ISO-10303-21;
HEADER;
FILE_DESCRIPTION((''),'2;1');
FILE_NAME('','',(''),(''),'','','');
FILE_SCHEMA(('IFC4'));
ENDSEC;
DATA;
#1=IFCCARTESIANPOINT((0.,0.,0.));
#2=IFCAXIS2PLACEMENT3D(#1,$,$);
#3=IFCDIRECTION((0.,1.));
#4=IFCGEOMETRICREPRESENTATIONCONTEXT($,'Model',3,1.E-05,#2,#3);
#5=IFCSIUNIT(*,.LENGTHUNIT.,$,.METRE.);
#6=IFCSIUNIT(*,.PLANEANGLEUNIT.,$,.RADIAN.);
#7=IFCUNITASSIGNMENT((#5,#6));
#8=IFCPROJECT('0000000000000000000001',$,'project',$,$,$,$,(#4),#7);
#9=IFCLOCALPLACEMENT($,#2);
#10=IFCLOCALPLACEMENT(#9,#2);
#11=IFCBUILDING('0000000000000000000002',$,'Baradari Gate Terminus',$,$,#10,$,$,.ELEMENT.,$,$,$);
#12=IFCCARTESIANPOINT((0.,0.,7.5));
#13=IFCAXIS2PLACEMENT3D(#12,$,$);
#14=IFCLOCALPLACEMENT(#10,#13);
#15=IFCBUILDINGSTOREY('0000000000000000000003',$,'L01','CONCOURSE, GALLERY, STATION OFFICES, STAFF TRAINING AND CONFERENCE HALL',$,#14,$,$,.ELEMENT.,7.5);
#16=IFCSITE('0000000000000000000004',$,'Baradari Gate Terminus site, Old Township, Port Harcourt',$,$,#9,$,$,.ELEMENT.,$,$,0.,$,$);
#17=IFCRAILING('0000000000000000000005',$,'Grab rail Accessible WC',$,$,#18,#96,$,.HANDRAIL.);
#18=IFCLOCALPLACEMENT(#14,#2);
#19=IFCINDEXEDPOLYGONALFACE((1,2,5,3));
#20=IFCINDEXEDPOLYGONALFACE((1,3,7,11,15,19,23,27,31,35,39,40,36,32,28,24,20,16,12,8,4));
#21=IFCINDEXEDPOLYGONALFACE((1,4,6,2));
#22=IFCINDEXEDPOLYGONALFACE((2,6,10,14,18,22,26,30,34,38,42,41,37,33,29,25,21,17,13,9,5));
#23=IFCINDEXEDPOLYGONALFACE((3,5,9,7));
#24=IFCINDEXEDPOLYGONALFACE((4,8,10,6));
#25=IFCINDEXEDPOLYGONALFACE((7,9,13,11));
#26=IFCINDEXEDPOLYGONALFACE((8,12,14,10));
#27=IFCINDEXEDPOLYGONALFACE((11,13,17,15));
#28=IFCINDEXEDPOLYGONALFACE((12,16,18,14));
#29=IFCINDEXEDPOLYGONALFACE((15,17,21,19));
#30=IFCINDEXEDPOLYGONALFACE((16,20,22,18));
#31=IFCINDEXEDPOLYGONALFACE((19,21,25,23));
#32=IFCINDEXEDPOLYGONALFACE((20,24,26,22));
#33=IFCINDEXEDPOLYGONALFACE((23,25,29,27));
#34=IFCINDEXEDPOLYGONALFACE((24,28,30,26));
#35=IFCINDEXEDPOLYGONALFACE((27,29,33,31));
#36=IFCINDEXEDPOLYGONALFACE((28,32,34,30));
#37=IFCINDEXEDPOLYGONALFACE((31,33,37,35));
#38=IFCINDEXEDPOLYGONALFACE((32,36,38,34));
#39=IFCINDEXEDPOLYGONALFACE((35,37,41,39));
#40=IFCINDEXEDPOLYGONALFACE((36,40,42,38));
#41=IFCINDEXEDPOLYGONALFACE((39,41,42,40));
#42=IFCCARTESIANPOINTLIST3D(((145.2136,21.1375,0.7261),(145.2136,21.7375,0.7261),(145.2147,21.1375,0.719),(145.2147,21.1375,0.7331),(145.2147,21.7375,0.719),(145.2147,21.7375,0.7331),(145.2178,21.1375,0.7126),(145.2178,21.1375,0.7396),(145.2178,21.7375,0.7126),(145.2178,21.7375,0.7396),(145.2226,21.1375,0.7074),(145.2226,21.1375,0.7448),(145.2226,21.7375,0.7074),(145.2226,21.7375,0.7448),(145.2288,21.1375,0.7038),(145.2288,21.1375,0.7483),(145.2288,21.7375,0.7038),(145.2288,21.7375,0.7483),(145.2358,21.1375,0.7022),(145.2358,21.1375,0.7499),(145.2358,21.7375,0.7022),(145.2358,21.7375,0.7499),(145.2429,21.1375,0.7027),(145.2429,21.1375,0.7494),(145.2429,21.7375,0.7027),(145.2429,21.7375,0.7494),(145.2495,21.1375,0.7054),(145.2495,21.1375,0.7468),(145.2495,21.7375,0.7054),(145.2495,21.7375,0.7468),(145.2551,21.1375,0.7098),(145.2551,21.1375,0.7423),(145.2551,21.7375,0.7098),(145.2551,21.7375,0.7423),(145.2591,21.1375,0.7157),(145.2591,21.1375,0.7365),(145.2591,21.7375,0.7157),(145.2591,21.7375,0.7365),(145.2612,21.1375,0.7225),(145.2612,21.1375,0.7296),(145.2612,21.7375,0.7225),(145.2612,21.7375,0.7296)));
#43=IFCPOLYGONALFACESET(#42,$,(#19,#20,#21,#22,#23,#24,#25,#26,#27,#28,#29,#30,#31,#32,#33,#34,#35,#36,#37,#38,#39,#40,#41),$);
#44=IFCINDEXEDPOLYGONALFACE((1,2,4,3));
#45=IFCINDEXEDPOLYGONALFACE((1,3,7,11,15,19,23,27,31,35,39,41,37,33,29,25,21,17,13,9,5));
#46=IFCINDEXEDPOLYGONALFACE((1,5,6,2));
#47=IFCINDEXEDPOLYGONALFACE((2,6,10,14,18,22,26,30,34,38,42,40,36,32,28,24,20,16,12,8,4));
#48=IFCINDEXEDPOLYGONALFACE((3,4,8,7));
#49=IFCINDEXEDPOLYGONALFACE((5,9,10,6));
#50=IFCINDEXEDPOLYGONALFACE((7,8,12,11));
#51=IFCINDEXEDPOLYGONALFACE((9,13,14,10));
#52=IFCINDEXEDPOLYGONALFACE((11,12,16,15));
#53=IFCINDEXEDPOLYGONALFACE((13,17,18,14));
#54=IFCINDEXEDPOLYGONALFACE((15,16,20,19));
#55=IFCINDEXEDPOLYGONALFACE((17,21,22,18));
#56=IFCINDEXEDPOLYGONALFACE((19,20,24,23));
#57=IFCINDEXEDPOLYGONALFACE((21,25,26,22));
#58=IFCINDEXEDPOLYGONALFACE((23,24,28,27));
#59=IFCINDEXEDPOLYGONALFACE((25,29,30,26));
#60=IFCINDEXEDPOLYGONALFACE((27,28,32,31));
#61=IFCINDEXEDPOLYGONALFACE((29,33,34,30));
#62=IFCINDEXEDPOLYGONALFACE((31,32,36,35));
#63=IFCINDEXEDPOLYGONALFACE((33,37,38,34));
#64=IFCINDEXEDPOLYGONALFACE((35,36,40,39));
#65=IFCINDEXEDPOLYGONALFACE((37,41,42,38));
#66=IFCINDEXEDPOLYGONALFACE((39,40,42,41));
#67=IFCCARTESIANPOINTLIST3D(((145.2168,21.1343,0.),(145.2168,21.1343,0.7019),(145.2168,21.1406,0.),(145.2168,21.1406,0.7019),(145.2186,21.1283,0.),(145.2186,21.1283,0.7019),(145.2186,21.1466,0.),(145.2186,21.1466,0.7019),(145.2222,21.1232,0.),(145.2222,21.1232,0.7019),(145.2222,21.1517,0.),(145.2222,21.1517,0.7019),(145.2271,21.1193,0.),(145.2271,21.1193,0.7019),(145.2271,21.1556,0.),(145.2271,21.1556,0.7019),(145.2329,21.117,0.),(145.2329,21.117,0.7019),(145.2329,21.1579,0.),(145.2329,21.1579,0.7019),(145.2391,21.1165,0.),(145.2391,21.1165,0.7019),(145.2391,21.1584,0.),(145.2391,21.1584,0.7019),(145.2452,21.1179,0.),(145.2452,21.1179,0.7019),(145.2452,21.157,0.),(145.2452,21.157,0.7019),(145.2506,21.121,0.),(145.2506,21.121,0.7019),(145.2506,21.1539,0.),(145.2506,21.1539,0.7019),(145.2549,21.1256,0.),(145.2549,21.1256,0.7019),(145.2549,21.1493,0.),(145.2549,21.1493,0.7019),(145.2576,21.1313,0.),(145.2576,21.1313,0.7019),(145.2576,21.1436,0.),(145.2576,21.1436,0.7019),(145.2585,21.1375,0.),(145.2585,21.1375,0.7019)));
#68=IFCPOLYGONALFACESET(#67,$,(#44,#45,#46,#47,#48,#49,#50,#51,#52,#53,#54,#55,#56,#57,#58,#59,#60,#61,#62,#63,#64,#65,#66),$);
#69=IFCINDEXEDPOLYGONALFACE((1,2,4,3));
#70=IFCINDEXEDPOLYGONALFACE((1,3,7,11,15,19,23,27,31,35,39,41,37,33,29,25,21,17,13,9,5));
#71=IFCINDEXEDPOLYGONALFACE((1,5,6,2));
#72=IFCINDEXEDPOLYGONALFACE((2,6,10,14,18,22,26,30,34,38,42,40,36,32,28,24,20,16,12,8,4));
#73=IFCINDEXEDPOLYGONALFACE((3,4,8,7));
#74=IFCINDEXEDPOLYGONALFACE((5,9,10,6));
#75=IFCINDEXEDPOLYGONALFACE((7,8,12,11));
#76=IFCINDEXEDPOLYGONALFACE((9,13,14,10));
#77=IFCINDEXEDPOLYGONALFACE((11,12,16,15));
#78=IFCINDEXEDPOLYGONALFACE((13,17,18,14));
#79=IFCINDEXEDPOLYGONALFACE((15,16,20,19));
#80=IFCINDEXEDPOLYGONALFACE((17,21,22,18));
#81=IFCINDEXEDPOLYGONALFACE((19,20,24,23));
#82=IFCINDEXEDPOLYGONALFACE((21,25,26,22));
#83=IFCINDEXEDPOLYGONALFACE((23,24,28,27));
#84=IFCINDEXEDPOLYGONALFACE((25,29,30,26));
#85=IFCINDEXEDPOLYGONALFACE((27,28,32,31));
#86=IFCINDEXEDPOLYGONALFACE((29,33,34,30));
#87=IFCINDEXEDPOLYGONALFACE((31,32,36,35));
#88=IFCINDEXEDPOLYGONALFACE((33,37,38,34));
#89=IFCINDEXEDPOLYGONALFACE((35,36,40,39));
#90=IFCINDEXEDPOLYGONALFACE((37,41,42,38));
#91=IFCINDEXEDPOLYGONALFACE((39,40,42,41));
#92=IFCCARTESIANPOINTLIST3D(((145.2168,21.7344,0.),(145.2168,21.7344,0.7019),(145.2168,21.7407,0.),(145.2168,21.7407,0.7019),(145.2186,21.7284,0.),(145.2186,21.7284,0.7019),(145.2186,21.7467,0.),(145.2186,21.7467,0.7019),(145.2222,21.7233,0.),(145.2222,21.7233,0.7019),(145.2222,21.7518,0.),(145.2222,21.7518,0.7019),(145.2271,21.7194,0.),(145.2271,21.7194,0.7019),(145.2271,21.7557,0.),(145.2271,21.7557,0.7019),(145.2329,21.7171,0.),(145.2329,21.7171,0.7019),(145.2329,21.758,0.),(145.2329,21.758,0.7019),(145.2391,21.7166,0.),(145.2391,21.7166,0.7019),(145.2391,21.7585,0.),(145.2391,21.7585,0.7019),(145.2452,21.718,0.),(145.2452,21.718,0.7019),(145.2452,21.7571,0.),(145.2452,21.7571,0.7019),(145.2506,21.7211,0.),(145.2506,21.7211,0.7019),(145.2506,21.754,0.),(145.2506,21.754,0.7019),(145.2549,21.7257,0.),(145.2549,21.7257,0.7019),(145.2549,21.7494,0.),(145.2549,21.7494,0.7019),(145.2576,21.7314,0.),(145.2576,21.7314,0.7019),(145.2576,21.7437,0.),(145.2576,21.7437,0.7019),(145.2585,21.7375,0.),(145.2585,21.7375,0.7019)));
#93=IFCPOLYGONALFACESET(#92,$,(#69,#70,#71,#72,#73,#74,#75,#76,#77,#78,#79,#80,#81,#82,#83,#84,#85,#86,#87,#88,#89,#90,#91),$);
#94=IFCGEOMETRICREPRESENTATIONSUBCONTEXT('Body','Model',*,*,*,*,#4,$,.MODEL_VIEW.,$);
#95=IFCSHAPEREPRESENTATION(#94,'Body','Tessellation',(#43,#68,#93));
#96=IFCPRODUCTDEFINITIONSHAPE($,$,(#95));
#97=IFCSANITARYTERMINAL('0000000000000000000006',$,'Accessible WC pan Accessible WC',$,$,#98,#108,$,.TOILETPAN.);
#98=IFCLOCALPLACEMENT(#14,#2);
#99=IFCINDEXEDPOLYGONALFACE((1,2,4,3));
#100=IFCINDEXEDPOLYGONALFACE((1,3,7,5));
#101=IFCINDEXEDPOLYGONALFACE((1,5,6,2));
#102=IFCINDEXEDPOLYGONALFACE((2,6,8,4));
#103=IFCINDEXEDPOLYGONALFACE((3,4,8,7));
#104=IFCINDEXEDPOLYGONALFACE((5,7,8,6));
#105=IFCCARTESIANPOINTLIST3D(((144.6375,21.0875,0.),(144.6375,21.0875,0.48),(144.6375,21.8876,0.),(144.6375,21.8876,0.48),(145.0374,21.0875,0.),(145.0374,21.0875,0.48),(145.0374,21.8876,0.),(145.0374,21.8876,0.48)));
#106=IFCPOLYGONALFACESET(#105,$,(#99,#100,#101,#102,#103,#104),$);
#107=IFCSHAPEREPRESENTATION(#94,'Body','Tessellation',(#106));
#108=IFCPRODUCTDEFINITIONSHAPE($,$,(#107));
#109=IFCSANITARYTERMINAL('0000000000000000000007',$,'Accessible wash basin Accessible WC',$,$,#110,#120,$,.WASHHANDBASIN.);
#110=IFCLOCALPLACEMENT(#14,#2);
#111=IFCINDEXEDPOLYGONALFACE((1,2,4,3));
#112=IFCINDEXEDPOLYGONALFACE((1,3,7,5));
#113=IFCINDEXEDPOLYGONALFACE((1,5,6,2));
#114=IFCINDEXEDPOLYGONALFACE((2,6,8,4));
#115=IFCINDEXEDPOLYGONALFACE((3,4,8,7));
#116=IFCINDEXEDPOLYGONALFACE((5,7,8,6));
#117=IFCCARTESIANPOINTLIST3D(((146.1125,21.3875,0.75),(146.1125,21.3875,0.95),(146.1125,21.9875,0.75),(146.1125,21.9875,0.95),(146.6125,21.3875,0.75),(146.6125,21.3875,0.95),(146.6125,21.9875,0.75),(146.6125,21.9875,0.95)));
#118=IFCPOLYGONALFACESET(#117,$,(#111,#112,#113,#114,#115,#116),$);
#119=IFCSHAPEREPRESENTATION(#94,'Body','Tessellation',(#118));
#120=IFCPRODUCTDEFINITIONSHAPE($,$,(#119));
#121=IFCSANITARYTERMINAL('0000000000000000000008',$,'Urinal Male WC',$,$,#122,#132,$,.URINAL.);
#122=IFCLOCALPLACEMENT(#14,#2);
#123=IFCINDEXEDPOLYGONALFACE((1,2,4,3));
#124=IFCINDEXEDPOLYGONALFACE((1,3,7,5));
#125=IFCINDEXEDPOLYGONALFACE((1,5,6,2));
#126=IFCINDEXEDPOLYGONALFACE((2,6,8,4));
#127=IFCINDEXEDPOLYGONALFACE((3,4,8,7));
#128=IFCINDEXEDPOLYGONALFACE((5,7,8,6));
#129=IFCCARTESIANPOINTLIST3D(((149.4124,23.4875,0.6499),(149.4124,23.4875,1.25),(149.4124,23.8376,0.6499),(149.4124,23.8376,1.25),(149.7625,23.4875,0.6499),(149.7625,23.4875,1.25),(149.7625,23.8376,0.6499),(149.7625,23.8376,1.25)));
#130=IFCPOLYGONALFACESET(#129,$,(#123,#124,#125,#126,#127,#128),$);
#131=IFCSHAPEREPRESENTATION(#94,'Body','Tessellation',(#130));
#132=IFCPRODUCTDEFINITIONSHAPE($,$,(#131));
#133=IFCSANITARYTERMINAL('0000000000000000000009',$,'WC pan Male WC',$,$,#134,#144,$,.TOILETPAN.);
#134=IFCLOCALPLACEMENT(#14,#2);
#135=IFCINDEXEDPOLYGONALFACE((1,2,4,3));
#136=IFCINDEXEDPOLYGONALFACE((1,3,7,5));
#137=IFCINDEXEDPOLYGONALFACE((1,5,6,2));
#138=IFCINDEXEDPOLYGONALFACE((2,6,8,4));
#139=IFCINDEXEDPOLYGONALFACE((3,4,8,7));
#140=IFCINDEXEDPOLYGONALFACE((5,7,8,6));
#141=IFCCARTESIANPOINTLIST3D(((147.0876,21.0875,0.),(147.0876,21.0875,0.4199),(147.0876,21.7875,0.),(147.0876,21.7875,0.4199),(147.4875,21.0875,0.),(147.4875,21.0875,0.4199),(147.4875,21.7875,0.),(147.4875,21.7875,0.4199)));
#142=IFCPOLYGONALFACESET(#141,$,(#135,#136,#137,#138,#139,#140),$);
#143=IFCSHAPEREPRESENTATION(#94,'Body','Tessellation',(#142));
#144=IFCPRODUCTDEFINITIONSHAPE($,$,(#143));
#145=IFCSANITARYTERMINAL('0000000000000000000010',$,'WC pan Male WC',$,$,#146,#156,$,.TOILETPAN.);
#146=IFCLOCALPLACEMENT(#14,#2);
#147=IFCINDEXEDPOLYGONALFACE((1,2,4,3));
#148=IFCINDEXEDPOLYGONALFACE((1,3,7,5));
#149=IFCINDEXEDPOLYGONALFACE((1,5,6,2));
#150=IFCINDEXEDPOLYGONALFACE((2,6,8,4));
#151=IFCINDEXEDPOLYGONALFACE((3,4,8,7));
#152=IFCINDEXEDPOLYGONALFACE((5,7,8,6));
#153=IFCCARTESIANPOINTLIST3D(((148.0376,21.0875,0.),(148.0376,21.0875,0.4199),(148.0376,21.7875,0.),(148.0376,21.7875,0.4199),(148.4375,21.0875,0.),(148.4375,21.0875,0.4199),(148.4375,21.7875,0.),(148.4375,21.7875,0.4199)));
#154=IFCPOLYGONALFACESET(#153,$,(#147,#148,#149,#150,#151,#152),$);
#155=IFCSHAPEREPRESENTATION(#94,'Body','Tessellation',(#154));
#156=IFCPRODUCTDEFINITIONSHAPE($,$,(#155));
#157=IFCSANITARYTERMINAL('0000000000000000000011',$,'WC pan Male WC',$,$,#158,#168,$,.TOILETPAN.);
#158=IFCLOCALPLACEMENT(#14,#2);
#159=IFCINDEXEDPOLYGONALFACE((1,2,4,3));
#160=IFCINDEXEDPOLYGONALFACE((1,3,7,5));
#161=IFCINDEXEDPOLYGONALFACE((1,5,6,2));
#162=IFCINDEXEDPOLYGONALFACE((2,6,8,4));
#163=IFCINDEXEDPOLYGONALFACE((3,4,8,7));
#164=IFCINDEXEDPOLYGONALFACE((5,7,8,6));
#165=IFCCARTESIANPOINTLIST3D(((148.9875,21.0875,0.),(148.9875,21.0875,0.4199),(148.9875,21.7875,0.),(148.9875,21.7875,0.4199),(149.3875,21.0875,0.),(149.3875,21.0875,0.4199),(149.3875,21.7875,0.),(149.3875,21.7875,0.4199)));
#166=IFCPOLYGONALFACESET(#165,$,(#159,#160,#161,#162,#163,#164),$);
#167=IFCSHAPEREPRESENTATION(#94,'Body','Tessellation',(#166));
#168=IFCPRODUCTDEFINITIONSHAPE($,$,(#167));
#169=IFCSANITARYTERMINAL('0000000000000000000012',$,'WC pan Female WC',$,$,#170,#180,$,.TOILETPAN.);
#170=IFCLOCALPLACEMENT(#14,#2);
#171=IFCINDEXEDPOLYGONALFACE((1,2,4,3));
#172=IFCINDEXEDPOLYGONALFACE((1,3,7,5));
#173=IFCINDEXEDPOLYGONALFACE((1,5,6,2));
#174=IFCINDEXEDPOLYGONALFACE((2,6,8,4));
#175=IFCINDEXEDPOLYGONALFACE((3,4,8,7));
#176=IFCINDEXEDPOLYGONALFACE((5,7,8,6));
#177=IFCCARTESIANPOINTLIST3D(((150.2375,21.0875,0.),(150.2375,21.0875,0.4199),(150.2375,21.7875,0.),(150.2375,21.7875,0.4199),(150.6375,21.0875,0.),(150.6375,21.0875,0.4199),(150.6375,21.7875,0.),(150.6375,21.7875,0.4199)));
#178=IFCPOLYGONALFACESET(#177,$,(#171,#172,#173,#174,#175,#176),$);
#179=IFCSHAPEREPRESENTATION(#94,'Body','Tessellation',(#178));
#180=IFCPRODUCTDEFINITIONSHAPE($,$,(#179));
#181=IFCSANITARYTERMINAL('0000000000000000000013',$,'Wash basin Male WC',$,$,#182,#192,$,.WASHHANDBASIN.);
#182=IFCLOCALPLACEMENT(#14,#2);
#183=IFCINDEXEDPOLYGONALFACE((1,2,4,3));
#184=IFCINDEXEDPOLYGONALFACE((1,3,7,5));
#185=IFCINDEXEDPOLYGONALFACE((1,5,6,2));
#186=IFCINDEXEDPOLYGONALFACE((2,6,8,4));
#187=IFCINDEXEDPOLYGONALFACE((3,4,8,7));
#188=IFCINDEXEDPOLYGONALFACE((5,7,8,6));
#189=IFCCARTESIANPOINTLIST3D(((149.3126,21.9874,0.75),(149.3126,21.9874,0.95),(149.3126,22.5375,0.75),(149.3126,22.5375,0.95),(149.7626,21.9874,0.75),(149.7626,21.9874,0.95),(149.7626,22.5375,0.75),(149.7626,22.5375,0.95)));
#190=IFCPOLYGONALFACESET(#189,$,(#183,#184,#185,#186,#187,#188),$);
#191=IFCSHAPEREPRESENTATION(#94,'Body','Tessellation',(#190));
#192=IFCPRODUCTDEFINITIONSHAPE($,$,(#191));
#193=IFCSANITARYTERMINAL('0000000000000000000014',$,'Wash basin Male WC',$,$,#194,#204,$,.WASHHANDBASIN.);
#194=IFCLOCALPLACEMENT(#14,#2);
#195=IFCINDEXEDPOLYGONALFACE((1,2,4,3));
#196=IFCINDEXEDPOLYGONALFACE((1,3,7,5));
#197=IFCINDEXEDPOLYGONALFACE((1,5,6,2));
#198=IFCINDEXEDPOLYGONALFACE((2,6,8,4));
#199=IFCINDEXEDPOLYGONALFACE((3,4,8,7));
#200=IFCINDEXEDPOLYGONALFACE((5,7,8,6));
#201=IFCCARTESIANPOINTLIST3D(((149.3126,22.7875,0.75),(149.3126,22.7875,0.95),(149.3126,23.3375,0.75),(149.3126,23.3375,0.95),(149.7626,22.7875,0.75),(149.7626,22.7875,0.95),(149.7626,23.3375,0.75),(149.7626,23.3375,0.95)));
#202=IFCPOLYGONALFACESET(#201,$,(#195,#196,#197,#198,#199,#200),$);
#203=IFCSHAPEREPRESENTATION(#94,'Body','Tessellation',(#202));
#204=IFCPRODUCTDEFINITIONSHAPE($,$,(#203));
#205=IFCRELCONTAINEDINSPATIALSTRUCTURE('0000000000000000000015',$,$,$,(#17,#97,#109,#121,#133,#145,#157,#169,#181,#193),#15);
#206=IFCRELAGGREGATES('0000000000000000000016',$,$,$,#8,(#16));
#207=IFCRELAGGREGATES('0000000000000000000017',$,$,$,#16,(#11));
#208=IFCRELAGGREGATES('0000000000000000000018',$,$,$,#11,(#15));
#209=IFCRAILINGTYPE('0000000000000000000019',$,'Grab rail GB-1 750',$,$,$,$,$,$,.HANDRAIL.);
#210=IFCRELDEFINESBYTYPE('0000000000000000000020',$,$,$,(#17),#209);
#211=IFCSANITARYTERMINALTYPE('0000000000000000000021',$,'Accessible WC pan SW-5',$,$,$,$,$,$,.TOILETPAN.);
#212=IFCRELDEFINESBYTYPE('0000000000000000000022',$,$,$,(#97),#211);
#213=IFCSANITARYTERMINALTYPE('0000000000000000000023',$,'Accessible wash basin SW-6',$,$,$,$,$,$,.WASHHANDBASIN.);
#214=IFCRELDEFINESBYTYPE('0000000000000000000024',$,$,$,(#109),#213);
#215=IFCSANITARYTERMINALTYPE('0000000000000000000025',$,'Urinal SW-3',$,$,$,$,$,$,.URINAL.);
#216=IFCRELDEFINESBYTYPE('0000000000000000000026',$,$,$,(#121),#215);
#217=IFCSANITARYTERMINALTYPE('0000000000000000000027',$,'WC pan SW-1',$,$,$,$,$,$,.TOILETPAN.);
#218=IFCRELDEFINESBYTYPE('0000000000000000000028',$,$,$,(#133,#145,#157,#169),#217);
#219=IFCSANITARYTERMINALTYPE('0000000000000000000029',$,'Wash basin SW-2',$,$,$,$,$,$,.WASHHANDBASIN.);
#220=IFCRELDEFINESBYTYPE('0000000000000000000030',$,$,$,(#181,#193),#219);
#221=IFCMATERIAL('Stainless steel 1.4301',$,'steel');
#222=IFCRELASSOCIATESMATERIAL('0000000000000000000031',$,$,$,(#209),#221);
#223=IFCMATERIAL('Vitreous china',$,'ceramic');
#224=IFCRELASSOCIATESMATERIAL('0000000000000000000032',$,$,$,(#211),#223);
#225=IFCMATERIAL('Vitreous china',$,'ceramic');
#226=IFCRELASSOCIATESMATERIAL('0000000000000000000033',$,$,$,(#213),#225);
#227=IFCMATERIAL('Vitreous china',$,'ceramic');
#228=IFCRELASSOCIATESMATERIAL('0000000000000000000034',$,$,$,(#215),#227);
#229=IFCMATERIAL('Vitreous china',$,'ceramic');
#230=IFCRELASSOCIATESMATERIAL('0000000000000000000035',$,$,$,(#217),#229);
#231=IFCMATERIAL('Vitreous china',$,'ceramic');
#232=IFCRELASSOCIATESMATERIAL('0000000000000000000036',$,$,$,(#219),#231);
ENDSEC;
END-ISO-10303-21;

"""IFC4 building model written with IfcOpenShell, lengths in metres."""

from ifc_helpers import new_model, si_unit, direction, frame, origin, origin_2d, place, context, subcontext, project, spatial, rectangle, circle, extrude, material, type_object, element, save


model = new_model("IFC4")

# Units and contexts
model_context = context("Model", 3, precision=1e-05, world=origin(), true_north=direction((0.0, 1.0)))
body_context = subcontext(model_context, "Body", "Model", "MODEL_VIEW")
ifc_project = project(units=[si_unit("LENGTHUNIT", "METRE"), si_unit("PLANEANGLEUNIT", "RADIAN")], contexts=[model_context])

# Site, building, storey
site_placement = place(None, origin())
site = spatial("IfcSite", under=ifc_project, at=site_placement, Name="Baradari Gate Terminus site, Old Township, Port Harcourt", CompositionType="ELEMENT", RefElevation=0.0)
building_placement = place(site_placement, origin())
building = spatial("IfcBuilding", under=site, at=building_placement, Name="Baradari Gate Terminus", CompositionType="ELEMENT")
storey_placement = place(building_placement, frame((0.0, 0.0, 7.5)))
storey = spatial("IfcBuildingStorey", under=building, at=storey_placement, Name="L01", Description="CONCOURSE, GALLERY, STATION OFFICES, STAFF TRAINING AND CONFERENCE HALL", CompositionType="ELEMENT", Elevation=7.5)

# Railing
ifc_material_1 = material(Name="Stainless steel 1.4301", Category="steel")
railing_type = type_object("IfcRailingType", Name="Grab rail GB-1 750", PredefinedType="HANDRAIL", material=ifc_material_1)
for number, where, name in (
    (1, (145.2375, 21.1375, 0.0), "Grab rail Accessible WC"),
):
    element("IfcRailing", number, at=place(storey_placement, frame(where)), inside=storey, type_object=railing_type, Name=name, PredefinedType="HANDRAIL", context=body_context, shape_type="SweptSolid", body=[
        extrude(circle(Radius=0.0239, at=origin_2d()), frame((0.0, 0.0, 0.7261), z_axis=(0.0, 1.0, 0.0), x_axis=(-1.0, 0.0, 0.0)), (0.0, 0.0, 1.0), 0.6001),
        extrude(circle(Radius=0.021, at=origin_2d()), origin(), (0.0, 0.0, 1.0), 0.7019),
        extrude(circle(Radius=0.021, at=origin_2d()), frame((0.0, 0.6001, 0.0)), (0.0, 0.0, 1.0), 0.7019),
    ])

# Sanitary terminals
ifc_material_2 = material(Name="Vitreous china", Category="ceramic")
sanitary_terminal_type_1 = type_object("IfcSanitaryTerminalType", Name="Accessible WC pan SW-5", PredefinedType="TOILETPAN", material=ifc_material_2)
sanitary_terminal_1_placement = place(storey_placement, frame((144.8374, 21.4875, 0.0), z_axis=(0.0, 0.0, 1.0), x_axis=(1.0, 0.0, 0.0)))
element("IfcSanitaryTerminal", 2, at=sanitary_terminal_1_placement, inside=storey, type_object=sanitary_terminal_type_1, Name="Accessible WC pan Accessible WC", PredefinedType="TOILETPAN", context=body_context, shape_type="SweptSolid", body=[
    extrude(rectangle(XDim=0.3999, YDim=0.8, at=origin_2d()), origin(), (0.0, 0.0, 1.0), 0.48),
])
ifc_material_3 = material(Name="Vitreous china", Category="ceramic")
sanitary_terminal_type_2 = type_object("IfcSanitaryTerminalType", Name="Accessible wash basin SW-6", PredefinedType="WASHHANDBASIN", material=ifc_material_3)
sanitary_terminal_2_placement = place(storey_placement, frame((146.3625, 21.6875, 0.75), z_axis=(0.0, 0.0, 1.0), x_axis=(1.0, 0.0, 0.0)))
element("IfcSanitaryTerminal", 3, at=sanitary_terminal_2_placement, inside=storey, type_object=sanitary_terminal_type_2, Name="Accessible wash basin Accessible WC", PredefinedType="WASHHANDBASIN", context=body_context, shape_type="SweptSolid", body=[
    extrude(rectangle(XDim=0.5, YDim=0.6001, at=origin_2d()), origin(), (0.0, 0.0, 1.0), 0.2),
])
ifc_material_4 = material(Name="Vitreous china", Category="ceramic")
sanitary_terminal_type_3 = type_object("IfcSanitaryTerminalType", Name="Urinal SW-3", PredefinedType="URINAL", material=ifc_material_4)
sanitary_terminal_3_placement = place(storey_placement, frame((149.5874, 23.6626, 0.6499), z_axis=(0.0, 0.0, 1.0), x_axis=(1.0, 0.0, 0.0)))
element("IfcSanitaryTerminal", 4, at=sanitary_terminal_3_placement, inside=storey, type_object=sanitary_terminal_type_3, Name="Urinal Male WC", PredefinedType="URINAL", context=body_context, shape_type="SweptSolid", body=[
    extrude(rectangle(XDim=0.3501, YDim=0.3501, at=origin_2d()), origin(), (0.0, 0.0, 1.0), 0.6001),
])
ifc_material_5 = material(Name="Vitreous china", Category="ceramic")
sanitary_terminal_type_4 = type_object("IfcSanitaryTerminalType", Name="WC pan SW-1", PredefinedType="TOILETPAN", material=ifc_material_5)
for number, where, z_axis, x_axis, name in (
    (5, (147.2876, 21.4375, 0.0), (0.0, 0.0, 1.0), (1.0, 0.0, 0.0), "WC pan Male WC"),
    (6, (148.2375, 21.4375, 0.0), (0.0, 0.0, 1.0), (1.0, 0.0, 0.0), "WC pan Male WC"),
    (7, (149.1875, 21.4375, 0.0), (0.0, 0.0, 1.0), (1.0, 0.0, 0.0), "WC pan Male WC"),
    (8, (150.4375, 21.4375, 0.0), (0.0, 0.0, 1.0), (1.0, 0.0, 0.0), "WC pan Female WC"),
):
    element("IfcSanitaryTerminal", number, at=place(storey_placement, frame(where, z_axis=z_axis, x_axis=x_axis)), inside=storey, type_object=sanitary_terminal_type_4, Name=name, PredefinedType="TOILETPAN", context=body_context, shape_type="SweptSolid", body=[
        extrude(rectangle(XDim=0.3999, YDim=0.7, at=origin_2d()), origin(), (0.0, 0.0, 1.0), 0.4199),
    ])
ifc_material_6 = material(Name="Vitreous china", Category="ceramic")
sanitary_terminal_type_5 = type_object("IfcSanitaryTerminalType", Name="Wash basin SW-2", PredefinedType="WASHHANDBASIN", material=ifc_material_6)
for number, where, z_axis, x_axis, name in (
    (9, (149.5376, 22.2625, 0.75), (0.0, 0.0, 1.0), (1.0, 0.0, 0.0), "Wash basin Male WC"),
    (10, (149.5376, 23.0625, 0.75), (0.0, 0.0, 1.0), (1.0, 0.0, 0.0), "Wash basin Male WC"),
):
    element("IfcSanitaryTerminal", number, at=place(storey_placement, frame(where, z_axis=z_axis, x_axis=x_axis)), inside=storey, type_object=sanitary_terminal_type_5, Name=name, PredefinedType="WASHHANDBASIN", context=body_context, shape_type="SweptSolid", body=[
        extrude(rectangle(XDim=0.45, YDim=0.55, at=origin_2d()), origin(), (0.0, 0.0, 1.0), 0.2),
    ])

save(model, "model.ifc")
